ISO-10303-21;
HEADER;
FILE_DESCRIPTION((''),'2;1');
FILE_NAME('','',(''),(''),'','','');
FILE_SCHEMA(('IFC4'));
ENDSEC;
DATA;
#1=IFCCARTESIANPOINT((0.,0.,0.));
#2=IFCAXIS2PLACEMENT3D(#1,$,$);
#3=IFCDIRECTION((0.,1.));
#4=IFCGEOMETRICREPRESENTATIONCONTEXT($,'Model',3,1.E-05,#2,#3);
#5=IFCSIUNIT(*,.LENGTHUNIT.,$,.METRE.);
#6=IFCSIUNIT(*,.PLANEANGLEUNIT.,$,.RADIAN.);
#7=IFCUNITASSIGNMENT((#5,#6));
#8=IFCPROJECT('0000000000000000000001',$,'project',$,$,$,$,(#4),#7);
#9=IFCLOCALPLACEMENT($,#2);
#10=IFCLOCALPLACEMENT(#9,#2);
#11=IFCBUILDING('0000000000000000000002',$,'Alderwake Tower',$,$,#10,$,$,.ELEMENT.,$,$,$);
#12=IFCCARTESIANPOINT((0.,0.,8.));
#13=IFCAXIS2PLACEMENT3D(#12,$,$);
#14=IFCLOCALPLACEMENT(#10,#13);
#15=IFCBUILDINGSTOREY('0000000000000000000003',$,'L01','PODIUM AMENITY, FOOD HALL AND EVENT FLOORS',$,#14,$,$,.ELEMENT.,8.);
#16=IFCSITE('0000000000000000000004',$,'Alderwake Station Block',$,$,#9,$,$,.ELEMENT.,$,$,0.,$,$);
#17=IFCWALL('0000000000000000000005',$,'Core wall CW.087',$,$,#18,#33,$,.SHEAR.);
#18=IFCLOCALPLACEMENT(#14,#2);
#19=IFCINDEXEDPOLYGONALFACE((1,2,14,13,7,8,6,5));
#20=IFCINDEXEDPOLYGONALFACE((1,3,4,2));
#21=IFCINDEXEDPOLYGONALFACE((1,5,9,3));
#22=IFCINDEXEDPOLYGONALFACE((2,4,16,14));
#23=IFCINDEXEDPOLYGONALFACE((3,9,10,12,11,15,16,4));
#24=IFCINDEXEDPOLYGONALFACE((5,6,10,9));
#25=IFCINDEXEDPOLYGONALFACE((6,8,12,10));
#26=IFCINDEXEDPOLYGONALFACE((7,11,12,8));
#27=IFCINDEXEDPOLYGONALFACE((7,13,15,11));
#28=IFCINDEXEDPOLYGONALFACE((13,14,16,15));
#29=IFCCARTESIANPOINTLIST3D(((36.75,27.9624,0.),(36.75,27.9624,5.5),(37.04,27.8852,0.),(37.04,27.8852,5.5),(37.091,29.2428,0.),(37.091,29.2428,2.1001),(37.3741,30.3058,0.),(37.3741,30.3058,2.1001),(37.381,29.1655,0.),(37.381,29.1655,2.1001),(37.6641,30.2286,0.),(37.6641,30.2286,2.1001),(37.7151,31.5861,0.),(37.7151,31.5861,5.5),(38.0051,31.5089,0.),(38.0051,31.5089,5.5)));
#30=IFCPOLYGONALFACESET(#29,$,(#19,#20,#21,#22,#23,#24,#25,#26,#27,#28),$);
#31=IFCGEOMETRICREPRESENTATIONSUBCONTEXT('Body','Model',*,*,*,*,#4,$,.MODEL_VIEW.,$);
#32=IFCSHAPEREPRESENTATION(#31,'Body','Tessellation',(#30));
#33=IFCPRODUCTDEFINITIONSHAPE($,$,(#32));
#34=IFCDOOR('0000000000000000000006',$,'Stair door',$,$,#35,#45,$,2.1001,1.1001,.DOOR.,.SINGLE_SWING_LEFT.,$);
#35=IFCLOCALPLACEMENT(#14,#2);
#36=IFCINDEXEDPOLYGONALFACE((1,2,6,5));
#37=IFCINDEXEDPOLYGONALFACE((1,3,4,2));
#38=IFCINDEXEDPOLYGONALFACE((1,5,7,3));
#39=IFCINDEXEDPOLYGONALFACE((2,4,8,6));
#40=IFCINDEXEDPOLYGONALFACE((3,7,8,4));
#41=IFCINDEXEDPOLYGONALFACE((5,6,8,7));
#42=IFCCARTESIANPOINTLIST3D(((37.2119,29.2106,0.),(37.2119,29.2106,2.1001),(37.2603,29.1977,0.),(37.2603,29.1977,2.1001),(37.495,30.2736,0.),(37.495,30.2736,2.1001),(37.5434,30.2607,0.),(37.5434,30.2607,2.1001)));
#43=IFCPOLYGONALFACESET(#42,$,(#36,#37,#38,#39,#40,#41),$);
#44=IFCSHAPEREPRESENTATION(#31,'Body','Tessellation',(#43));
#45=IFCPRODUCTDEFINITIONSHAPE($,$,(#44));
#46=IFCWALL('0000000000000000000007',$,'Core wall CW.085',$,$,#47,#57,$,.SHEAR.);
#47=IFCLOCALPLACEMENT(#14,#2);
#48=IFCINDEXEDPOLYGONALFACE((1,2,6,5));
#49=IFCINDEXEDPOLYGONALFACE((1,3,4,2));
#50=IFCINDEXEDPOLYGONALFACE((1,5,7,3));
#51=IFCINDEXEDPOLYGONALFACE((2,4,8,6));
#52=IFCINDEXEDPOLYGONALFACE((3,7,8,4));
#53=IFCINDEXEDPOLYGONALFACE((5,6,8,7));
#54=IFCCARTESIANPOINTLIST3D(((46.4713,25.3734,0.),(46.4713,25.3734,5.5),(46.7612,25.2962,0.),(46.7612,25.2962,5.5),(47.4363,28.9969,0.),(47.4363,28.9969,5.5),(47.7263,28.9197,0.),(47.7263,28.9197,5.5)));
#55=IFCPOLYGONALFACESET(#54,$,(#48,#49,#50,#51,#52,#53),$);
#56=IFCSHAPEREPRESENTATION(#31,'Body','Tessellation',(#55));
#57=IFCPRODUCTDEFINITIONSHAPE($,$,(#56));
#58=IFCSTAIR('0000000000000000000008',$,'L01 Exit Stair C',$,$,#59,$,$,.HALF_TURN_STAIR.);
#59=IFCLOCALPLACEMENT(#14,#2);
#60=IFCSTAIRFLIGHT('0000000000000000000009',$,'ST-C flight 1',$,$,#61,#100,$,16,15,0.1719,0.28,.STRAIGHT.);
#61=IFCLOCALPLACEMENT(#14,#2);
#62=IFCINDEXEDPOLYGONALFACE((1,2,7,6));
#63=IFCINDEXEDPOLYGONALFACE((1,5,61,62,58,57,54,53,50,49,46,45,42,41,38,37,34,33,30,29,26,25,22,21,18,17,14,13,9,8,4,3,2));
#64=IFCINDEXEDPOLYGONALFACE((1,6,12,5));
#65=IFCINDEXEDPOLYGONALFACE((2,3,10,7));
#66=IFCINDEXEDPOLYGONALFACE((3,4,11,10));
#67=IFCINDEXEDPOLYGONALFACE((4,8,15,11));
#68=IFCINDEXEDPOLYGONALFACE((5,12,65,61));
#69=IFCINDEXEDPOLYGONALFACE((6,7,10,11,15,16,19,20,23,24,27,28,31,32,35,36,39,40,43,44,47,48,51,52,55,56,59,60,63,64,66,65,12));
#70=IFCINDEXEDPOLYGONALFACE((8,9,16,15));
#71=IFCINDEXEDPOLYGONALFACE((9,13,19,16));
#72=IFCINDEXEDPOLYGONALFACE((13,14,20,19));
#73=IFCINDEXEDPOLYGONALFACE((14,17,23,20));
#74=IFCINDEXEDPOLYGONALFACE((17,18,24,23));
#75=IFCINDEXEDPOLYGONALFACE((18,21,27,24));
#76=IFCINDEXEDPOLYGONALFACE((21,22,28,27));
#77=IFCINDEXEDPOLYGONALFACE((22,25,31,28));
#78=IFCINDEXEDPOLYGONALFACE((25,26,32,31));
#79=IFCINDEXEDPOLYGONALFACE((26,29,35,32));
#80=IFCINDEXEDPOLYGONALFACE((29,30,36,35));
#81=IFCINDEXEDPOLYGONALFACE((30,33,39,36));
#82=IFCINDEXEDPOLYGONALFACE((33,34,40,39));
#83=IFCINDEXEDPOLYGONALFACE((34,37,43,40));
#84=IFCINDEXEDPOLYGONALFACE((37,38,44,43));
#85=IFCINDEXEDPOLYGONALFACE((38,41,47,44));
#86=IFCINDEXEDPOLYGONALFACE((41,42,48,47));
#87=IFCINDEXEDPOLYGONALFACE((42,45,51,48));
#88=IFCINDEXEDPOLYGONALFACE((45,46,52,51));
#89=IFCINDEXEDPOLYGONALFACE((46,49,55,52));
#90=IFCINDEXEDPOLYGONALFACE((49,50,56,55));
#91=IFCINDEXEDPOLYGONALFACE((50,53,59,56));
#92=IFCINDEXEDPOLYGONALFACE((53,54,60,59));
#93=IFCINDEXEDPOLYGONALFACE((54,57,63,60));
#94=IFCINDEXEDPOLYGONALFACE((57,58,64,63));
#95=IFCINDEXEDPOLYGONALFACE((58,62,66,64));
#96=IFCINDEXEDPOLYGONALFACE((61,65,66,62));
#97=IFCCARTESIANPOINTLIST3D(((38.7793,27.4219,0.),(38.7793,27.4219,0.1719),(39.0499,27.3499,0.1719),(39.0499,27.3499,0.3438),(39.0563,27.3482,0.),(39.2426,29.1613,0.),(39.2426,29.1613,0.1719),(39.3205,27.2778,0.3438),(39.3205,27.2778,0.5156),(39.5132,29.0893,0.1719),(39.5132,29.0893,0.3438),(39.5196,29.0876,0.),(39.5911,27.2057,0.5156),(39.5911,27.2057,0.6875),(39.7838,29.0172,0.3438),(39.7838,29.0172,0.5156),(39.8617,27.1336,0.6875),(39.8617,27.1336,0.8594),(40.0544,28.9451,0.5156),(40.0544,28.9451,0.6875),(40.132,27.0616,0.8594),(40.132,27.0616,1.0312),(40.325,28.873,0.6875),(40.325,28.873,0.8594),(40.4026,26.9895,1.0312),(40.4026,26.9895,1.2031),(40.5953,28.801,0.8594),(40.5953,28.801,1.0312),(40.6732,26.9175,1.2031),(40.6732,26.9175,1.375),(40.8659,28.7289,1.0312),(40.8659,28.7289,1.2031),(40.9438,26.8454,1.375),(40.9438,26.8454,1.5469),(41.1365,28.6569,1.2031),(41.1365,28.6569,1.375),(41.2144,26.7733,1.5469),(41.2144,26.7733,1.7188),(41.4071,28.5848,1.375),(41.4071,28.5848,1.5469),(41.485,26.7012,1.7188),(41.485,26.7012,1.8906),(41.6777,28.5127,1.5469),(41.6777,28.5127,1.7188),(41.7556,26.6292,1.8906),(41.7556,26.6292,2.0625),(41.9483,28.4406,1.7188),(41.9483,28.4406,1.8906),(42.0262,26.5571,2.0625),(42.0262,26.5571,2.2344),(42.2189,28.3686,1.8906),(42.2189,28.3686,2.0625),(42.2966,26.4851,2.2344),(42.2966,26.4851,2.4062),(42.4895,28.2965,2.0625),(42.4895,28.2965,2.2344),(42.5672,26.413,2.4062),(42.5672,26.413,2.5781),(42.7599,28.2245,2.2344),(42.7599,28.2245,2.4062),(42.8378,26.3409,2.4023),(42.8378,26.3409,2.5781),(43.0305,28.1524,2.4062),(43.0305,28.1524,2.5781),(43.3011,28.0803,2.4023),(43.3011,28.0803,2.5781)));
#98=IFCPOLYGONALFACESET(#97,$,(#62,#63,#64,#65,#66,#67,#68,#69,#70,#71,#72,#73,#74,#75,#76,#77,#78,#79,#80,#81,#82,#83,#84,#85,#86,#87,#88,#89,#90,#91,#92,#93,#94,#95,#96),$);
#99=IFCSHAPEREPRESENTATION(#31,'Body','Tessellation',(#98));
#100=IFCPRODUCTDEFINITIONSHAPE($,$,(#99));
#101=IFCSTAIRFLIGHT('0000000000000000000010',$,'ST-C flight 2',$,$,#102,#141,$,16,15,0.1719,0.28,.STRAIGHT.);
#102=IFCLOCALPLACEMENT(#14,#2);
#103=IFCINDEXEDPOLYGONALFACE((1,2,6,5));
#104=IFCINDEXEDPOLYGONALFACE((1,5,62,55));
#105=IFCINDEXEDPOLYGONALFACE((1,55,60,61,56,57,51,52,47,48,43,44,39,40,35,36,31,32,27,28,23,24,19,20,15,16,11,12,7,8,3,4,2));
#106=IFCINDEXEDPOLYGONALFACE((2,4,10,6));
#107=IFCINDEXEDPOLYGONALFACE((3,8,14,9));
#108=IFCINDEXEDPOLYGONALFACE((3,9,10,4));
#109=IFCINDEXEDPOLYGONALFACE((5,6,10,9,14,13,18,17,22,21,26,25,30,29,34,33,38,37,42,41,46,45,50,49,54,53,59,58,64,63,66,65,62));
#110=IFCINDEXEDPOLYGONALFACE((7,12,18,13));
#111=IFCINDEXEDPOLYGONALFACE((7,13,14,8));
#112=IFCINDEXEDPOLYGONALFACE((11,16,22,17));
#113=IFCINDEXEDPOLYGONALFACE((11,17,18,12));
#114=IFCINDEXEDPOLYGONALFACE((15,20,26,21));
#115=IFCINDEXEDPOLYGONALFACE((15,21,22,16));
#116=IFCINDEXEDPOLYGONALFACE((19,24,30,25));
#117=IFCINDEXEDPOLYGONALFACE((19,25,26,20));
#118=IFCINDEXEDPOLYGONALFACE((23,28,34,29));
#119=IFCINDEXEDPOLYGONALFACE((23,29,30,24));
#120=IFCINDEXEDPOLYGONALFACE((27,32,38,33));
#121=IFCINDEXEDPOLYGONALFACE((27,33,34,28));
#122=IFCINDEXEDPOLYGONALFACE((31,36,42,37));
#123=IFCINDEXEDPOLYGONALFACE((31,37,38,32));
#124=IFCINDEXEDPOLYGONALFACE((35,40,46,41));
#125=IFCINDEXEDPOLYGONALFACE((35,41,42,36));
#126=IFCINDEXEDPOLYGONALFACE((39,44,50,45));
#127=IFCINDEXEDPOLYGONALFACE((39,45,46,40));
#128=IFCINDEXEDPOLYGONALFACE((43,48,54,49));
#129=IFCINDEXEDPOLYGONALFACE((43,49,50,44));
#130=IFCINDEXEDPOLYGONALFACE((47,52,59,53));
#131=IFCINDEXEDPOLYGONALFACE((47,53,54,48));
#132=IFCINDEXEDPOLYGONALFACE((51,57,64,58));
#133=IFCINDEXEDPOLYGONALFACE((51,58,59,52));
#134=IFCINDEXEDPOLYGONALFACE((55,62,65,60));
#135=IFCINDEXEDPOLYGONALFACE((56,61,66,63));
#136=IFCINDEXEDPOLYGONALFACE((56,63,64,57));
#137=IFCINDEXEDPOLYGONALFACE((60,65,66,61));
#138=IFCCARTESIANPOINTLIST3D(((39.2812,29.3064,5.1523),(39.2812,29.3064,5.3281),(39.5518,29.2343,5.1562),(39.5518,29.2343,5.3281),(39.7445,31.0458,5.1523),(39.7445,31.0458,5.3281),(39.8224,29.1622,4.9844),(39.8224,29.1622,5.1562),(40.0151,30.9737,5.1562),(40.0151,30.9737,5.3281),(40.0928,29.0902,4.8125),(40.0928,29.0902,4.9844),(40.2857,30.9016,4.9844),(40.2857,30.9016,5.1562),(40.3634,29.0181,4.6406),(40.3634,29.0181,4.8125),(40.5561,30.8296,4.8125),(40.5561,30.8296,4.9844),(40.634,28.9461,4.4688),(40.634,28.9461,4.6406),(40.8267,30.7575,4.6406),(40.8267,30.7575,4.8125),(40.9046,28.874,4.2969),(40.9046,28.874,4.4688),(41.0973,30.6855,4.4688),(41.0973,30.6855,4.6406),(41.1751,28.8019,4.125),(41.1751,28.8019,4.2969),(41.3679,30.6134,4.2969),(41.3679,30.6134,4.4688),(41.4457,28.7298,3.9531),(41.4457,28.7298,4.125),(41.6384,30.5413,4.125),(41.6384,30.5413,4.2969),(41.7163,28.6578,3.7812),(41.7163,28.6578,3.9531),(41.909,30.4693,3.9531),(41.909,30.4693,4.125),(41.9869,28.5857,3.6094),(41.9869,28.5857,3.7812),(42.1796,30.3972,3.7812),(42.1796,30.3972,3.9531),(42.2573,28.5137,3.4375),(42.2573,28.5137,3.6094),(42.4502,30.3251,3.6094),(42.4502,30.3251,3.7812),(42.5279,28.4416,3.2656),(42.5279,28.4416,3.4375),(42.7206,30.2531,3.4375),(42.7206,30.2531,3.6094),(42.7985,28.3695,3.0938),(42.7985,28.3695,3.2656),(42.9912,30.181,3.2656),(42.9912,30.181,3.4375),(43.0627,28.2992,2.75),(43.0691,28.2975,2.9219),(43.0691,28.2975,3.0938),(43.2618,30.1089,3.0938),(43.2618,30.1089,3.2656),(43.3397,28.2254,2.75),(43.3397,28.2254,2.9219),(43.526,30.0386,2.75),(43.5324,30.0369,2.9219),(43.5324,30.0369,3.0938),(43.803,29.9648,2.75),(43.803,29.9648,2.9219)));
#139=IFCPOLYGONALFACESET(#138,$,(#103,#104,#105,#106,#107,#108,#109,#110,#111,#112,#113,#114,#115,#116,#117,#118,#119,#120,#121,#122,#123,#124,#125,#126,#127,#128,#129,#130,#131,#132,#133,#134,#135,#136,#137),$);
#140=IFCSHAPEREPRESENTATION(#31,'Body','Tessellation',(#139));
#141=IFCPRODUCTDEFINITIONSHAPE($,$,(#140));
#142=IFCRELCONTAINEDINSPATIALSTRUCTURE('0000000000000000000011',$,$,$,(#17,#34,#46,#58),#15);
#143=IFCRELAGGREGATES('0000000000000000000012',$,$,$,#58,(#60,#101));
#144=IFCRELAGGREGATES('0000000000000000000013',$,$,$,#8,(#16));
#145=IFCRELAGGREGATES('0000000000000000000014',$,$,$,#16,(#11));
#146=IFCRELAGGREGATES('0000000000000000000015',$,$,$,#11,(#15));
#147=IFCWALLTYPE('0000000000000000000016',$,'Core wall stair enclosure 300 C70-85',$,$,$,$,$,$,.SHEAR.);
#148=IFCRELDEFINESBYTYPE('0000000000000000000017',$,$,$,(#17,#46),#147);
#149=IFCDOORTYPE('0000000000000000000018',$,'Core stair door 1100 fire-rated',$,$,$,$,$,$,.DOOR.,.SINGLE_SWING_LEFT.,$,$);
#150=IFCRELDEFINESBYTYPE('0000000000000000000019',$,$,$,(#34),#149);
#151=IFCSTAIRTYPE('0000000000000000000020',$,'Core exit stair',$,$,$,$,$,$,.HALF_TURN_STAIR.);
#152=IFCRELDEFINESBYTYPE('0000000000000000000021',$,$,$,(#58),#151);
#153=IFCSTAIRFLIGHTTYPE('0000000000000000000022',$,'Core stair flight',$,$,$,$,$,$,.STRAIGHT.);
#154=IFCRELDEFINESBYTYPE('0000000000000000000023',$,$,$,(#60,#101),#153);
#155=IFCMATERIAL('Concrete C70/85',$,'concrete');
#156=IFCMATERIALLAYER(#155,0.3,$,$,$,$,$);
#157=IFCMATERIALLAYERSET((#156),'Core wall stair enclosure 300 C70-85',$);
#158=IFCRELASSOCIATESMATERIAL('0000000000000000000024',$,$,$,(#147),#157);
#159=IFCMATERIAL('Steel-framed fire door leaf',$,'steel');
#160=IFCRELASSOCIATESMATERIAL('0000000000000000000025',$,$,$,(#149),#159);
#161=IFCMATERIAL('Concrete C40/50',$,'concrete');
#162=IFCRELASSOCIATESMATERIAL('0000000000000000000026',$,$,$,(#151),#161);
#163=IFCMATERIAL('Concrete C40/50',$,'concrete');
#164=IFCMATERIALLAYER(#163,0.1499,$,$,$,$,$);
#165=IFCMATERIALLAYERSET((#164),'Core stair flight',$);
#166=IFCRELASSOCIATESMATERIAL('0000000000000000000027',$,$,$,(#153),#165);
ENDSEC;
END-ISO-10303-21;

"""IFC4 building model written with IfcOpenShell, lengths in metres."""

from ifc_helpers import new_model, si_unit, direction, frame, frame_2d, origin, place, context, subcontext, project, spatial, polyline, rectangle, outline, extrude, material, layer, layer_set, type_object, element, fill, aggregate, save


model = new_model("IFC4")

# Units and contexts
model_context = context("Model", 3, precision=1e-05, world=origin(), true_north=direction((0.0, 1.0)))
body_context = subcontext(model_context, "Body", "Model", "MODEL_VIEW")
ifc_project = project(units=[si_unit("LENGTHUNIT", "METRE"), si_unit("PLANEANGLEUNIT", "RADIAN")], contexts=[model_context])

# Site, building, storey
site_placement = place(None, origin())
site = spatial("IfcSite", under=ifc_project, at=site_placement, Name="Alderwake Station Block", CompositionType="ELEMENT", RefElevation=0.0)
building_placement = place(site_placement, origin())
building = spatial("IfcBuilding", under=site, at=building_placement, Name="Alderwake Tower", CompositionType="ELEMENT")
storey_placement = place(building_placement, frame((0.0, 0.0, 8.0)))
storey = spatial("IfcBuildingStorey", under=building, at=storey_placement, Name="L01", Description="PODIUM AMENITY, FOOD HALL AND EVENT FLOORS", CompositionType="ELEMENT", Elevation=8.0)

# Shared definitions
ifc_material_1 = material(Name="Concrete C70/85", Category="concrete")
ifc_layer_1 = layer(ifc_material_1, 0.3)
ifc_layer_set_1 = layer_set([ifc_layer_1], Name="Core wall stair enclosure 300 C70-85")
wall_type_1 = type_object("IfcWallType", Name="Core wall stair enclosure 300 C70-85", PredefinedType="SHEAR", material=ifc_layer_set_1)

# Wall, opening, door
wall_1_placement = place(storey_placement, frame((36.895, 27.9238, 0.0), z_axis=(0.0, 0.0, 1.0), x_axis=(0.257351, 0.966318, 0.0)))
wall_1 = element("IfcWall", 1, at=wall_1_placement, inside=storey, type_object=wall_type_1, Name="Core wall CW.087", PredefinedType="SHEAR", context=body_context, shape_type="SweptSolid", body=[
    extrude(rectangle(XDim=3.75, YDim=0.3, at=frame_2d((1.875, 0.0))), origin(), (0.0, 0.0, 1.0), 5.5),
])
opening_1_placement = place(wall_1_placement, frame((1.325, 0.0, 0.0)))
opening_1 = element("IfcOpeningElement", 2, at=opening_1_placement, cuts=wall_1, PredefinedType="OPENING", context=body_context, shape_type="SweptSolid", body=[
    extrude(rectangle(XDim=1.1001, YDim=2.1001, at=frame_2d((0.55, 1.05))), frame((0.0, 0.1599, 0.0), z_axis=(0.0, -1.0, 0.0), x_axis=(1.0, 0.0, 0.0)), (0.0, 0.0, 1.0), 0.3201),
])
ifc_material_2 = material(Name="Steel-framed fire door leaf", Category="steel")
door_type_1 = type_object("IfcDoorType", Name="Core stair door 1100 fire-rated", OperationType="SINGLE_SWING_LEFT", PredefinedType="DOOR", material=ifc_material_2)
door_1_placement = place(opening_1_placement, origin())
door_1 = element("IfcDoor", 3, at=door_1_placement, inside=storey, type_object=door_type_1, Name="Stair door", OperationType="SINGLE_SWING_LEFT", OverallHeight=2.1001, OverallWidth=1.1001, PredefinedType="DOOR", context=body_context, shape_type="SweptSolid", body=[
    extrude(rectangle(XDim=1.1001, YDim=2.1001, at=frame_2d((0.55, 1.05))), frame((0.0, 0.0249, 0.0), z_axis=(0.0, -1.0, 0.0), x_axis=(1.0, 0.0, 0.0)), (0.0, 0.0, 1.0), 0.05),
])
fill(opening_1, door_1)

# Wall
wall_2_placement = place(storey_placement, frame((46.6162, 25.3347, 0.0), z_axis=(0.0, 0.0, 1.0), x_axis=(0.257367, 0.966314, 0.0)))
element("IfcWall", 4, at=wall_2_placement, inside=storey, type_object=wall_type_1, Name="Core wall CW.085", PredefinedType="SHEAR", context=body_context, shape_type="SweptSolid", body=[
    extrude(rectangle(XDim=3.7498, YDim=0.3, at=frame_2d((1.875, 0.0))), origin(), (0.0, 0.0, 1.0), 5.5),
])

# Stair, stair flights
ifc_material_3 = material(Name="Concrete C40/50", Category="concrete")
stair_type = type_object("IfcStairType", Name="Core exit stair", PredefinedType="HALF_TURN_STAIR", material=ifc_material_3)
stair_placement = place(storey_placement, origin())
stair = element("IfcStair", 5, at=stair_placement, inside=storey, type_object=stair_type, Name="L01 Exit Stair C", PredefinedType="HALF_TURN_STAIR")
ifc_material_4 = material(Name="Concrete C40/50", Category="concrete")
ifc_layer_2 = layer(ifc_material_4, 0.1499)
ifc_layer_set_2 = layer_set([ifc_layer_2], Name="Core stair flight")
stair_flight_type = type_object("IfcStairFlightType", Name="Core stair flight", PredefinedType="STRAIGHT", material=ifc_layer_set_2)
stair_flight_1_placement = place(storey_placement, frame((39.011, 28.2917, 0.0), z_axis=(0.0, 0.0, 1.0), x_axis=(0.96631, -0.257382, 0.0)))
stair_flight_1 = element("IfcStairFlight", 6, at=stair_flight_1_placement, type_object=stair_flight_type, Name="ST-C flight 1", NumberOfRisers=16, NumberOfTreads=15, PredefinedType="STRAIGHT", RiserHeight=0.1719, TreadLength=0.28, context=body_context, shape_type="SweptSolid", body=[
    extrude(outline(polyline([(0.0, 0.0), (0.0, 0.1719), (0.28, 0.1719), (0.28, 0.3438), (0.5601, 0.3438), (0.5601, 0.5156), (0.8401, 0.5156), (0.8401, 0.6875), (1.1201, 0.6875), (1.1201, 0.8594), (1.3999, 0.8594), (1.3999, 1.0312), (1.6799, 1.0312), (1.6799, 1.2031), (1.96, 1.2031), (1.96, 1.375), (2.24, 1.375), (2.24, 1.5469), (2.52, 1.5469), (2.52, 1.7188), (2.8, 1.7188), (2.8, 1.8906), (3.0801, 1.8906), (3.0801, 2.0625), (3.3601, 2.0625), (3.3601, 2.2344), (3.6399, 2.2344), (3.6399, 2.4062), (3.9199, 2.4062), (3.9199, 2.5781), (4.2, 2.5781), (4.2, 2.75), (4.2, 2.4023), (0.2866, 0.0), (0.0, 0.0)])), frame((0.0, 0.8999, 0.0), z_axis=(0.0, -1.0, 0.0), x_axis=(1.0, 0.0, 0.0)), (0.0, 0.0, 1.0), 1.8),
])
stair_flight_2_placement = place(storey_placement, frame((43.5713, 29.095, 2.75), z_axis=(0.0, 0.0, 1.0), x_axis=(-0.96631, 0.257382, 0.0)))
stair_flight_2 = element("IfcStairFlight", 7, at=stair_flight_2_placement, type_object=stair_flight_type, Name="ST-C flight 2", NumberOfRisers=16, NumberOfTreads=15, PredefinedType="STRAIGHT", RiserHeight=0.1719, TreadLength=0.28, context=body_context, shape_type="SweptSolid", body=[
    extrude(outline(polyline([(0.0, 0.0), (0.0, 0.1719), (0.28, 0.1719), (0.28, 0.3438), (0.5601, 0.3438), (0.5601, 0.5156), (0.8401, 0.5156), (0.8401, 0.6875), (1.1201, 0.6875), (1.1201, 0.8594), (1.3999, 0.8594), (1.3999, 1.0312), (1.6799, 1.0312), (1.6799, 1.2031), (1.96, 1.2031), (1.96, 1.375), (2.24, 1.375), (2.24, 1.5469), (2.52, 1.5469), (2.52, 1.7188), (2.8, 1.7188), (2.8, 1.8906), (3.0801, 1.8906), (3.0801, 2.0625), (3.3601, 2.0625), (3.3601, 2.2344), (3.6399, 2.2344), (3.6399, 2.4062), (3.9199, 2.4062), (3.9199, 2.5781), (4.2, 2.5781), (4.2, 2.75), (4.2, 2.4023), (0.2866, 0.0), (0.0, 0.0)])), frame((0.0, 0.8999, 0.0), z_axis=(0.0, -1.0, 0.0), x_axis=(1.0, 0.0, 0.0)), (0.0, 0.0, 1.0), 1.8),
])
aggregate(stair, [stair_flight_1, stair_flight_2])

save(model, "model.ifc")
